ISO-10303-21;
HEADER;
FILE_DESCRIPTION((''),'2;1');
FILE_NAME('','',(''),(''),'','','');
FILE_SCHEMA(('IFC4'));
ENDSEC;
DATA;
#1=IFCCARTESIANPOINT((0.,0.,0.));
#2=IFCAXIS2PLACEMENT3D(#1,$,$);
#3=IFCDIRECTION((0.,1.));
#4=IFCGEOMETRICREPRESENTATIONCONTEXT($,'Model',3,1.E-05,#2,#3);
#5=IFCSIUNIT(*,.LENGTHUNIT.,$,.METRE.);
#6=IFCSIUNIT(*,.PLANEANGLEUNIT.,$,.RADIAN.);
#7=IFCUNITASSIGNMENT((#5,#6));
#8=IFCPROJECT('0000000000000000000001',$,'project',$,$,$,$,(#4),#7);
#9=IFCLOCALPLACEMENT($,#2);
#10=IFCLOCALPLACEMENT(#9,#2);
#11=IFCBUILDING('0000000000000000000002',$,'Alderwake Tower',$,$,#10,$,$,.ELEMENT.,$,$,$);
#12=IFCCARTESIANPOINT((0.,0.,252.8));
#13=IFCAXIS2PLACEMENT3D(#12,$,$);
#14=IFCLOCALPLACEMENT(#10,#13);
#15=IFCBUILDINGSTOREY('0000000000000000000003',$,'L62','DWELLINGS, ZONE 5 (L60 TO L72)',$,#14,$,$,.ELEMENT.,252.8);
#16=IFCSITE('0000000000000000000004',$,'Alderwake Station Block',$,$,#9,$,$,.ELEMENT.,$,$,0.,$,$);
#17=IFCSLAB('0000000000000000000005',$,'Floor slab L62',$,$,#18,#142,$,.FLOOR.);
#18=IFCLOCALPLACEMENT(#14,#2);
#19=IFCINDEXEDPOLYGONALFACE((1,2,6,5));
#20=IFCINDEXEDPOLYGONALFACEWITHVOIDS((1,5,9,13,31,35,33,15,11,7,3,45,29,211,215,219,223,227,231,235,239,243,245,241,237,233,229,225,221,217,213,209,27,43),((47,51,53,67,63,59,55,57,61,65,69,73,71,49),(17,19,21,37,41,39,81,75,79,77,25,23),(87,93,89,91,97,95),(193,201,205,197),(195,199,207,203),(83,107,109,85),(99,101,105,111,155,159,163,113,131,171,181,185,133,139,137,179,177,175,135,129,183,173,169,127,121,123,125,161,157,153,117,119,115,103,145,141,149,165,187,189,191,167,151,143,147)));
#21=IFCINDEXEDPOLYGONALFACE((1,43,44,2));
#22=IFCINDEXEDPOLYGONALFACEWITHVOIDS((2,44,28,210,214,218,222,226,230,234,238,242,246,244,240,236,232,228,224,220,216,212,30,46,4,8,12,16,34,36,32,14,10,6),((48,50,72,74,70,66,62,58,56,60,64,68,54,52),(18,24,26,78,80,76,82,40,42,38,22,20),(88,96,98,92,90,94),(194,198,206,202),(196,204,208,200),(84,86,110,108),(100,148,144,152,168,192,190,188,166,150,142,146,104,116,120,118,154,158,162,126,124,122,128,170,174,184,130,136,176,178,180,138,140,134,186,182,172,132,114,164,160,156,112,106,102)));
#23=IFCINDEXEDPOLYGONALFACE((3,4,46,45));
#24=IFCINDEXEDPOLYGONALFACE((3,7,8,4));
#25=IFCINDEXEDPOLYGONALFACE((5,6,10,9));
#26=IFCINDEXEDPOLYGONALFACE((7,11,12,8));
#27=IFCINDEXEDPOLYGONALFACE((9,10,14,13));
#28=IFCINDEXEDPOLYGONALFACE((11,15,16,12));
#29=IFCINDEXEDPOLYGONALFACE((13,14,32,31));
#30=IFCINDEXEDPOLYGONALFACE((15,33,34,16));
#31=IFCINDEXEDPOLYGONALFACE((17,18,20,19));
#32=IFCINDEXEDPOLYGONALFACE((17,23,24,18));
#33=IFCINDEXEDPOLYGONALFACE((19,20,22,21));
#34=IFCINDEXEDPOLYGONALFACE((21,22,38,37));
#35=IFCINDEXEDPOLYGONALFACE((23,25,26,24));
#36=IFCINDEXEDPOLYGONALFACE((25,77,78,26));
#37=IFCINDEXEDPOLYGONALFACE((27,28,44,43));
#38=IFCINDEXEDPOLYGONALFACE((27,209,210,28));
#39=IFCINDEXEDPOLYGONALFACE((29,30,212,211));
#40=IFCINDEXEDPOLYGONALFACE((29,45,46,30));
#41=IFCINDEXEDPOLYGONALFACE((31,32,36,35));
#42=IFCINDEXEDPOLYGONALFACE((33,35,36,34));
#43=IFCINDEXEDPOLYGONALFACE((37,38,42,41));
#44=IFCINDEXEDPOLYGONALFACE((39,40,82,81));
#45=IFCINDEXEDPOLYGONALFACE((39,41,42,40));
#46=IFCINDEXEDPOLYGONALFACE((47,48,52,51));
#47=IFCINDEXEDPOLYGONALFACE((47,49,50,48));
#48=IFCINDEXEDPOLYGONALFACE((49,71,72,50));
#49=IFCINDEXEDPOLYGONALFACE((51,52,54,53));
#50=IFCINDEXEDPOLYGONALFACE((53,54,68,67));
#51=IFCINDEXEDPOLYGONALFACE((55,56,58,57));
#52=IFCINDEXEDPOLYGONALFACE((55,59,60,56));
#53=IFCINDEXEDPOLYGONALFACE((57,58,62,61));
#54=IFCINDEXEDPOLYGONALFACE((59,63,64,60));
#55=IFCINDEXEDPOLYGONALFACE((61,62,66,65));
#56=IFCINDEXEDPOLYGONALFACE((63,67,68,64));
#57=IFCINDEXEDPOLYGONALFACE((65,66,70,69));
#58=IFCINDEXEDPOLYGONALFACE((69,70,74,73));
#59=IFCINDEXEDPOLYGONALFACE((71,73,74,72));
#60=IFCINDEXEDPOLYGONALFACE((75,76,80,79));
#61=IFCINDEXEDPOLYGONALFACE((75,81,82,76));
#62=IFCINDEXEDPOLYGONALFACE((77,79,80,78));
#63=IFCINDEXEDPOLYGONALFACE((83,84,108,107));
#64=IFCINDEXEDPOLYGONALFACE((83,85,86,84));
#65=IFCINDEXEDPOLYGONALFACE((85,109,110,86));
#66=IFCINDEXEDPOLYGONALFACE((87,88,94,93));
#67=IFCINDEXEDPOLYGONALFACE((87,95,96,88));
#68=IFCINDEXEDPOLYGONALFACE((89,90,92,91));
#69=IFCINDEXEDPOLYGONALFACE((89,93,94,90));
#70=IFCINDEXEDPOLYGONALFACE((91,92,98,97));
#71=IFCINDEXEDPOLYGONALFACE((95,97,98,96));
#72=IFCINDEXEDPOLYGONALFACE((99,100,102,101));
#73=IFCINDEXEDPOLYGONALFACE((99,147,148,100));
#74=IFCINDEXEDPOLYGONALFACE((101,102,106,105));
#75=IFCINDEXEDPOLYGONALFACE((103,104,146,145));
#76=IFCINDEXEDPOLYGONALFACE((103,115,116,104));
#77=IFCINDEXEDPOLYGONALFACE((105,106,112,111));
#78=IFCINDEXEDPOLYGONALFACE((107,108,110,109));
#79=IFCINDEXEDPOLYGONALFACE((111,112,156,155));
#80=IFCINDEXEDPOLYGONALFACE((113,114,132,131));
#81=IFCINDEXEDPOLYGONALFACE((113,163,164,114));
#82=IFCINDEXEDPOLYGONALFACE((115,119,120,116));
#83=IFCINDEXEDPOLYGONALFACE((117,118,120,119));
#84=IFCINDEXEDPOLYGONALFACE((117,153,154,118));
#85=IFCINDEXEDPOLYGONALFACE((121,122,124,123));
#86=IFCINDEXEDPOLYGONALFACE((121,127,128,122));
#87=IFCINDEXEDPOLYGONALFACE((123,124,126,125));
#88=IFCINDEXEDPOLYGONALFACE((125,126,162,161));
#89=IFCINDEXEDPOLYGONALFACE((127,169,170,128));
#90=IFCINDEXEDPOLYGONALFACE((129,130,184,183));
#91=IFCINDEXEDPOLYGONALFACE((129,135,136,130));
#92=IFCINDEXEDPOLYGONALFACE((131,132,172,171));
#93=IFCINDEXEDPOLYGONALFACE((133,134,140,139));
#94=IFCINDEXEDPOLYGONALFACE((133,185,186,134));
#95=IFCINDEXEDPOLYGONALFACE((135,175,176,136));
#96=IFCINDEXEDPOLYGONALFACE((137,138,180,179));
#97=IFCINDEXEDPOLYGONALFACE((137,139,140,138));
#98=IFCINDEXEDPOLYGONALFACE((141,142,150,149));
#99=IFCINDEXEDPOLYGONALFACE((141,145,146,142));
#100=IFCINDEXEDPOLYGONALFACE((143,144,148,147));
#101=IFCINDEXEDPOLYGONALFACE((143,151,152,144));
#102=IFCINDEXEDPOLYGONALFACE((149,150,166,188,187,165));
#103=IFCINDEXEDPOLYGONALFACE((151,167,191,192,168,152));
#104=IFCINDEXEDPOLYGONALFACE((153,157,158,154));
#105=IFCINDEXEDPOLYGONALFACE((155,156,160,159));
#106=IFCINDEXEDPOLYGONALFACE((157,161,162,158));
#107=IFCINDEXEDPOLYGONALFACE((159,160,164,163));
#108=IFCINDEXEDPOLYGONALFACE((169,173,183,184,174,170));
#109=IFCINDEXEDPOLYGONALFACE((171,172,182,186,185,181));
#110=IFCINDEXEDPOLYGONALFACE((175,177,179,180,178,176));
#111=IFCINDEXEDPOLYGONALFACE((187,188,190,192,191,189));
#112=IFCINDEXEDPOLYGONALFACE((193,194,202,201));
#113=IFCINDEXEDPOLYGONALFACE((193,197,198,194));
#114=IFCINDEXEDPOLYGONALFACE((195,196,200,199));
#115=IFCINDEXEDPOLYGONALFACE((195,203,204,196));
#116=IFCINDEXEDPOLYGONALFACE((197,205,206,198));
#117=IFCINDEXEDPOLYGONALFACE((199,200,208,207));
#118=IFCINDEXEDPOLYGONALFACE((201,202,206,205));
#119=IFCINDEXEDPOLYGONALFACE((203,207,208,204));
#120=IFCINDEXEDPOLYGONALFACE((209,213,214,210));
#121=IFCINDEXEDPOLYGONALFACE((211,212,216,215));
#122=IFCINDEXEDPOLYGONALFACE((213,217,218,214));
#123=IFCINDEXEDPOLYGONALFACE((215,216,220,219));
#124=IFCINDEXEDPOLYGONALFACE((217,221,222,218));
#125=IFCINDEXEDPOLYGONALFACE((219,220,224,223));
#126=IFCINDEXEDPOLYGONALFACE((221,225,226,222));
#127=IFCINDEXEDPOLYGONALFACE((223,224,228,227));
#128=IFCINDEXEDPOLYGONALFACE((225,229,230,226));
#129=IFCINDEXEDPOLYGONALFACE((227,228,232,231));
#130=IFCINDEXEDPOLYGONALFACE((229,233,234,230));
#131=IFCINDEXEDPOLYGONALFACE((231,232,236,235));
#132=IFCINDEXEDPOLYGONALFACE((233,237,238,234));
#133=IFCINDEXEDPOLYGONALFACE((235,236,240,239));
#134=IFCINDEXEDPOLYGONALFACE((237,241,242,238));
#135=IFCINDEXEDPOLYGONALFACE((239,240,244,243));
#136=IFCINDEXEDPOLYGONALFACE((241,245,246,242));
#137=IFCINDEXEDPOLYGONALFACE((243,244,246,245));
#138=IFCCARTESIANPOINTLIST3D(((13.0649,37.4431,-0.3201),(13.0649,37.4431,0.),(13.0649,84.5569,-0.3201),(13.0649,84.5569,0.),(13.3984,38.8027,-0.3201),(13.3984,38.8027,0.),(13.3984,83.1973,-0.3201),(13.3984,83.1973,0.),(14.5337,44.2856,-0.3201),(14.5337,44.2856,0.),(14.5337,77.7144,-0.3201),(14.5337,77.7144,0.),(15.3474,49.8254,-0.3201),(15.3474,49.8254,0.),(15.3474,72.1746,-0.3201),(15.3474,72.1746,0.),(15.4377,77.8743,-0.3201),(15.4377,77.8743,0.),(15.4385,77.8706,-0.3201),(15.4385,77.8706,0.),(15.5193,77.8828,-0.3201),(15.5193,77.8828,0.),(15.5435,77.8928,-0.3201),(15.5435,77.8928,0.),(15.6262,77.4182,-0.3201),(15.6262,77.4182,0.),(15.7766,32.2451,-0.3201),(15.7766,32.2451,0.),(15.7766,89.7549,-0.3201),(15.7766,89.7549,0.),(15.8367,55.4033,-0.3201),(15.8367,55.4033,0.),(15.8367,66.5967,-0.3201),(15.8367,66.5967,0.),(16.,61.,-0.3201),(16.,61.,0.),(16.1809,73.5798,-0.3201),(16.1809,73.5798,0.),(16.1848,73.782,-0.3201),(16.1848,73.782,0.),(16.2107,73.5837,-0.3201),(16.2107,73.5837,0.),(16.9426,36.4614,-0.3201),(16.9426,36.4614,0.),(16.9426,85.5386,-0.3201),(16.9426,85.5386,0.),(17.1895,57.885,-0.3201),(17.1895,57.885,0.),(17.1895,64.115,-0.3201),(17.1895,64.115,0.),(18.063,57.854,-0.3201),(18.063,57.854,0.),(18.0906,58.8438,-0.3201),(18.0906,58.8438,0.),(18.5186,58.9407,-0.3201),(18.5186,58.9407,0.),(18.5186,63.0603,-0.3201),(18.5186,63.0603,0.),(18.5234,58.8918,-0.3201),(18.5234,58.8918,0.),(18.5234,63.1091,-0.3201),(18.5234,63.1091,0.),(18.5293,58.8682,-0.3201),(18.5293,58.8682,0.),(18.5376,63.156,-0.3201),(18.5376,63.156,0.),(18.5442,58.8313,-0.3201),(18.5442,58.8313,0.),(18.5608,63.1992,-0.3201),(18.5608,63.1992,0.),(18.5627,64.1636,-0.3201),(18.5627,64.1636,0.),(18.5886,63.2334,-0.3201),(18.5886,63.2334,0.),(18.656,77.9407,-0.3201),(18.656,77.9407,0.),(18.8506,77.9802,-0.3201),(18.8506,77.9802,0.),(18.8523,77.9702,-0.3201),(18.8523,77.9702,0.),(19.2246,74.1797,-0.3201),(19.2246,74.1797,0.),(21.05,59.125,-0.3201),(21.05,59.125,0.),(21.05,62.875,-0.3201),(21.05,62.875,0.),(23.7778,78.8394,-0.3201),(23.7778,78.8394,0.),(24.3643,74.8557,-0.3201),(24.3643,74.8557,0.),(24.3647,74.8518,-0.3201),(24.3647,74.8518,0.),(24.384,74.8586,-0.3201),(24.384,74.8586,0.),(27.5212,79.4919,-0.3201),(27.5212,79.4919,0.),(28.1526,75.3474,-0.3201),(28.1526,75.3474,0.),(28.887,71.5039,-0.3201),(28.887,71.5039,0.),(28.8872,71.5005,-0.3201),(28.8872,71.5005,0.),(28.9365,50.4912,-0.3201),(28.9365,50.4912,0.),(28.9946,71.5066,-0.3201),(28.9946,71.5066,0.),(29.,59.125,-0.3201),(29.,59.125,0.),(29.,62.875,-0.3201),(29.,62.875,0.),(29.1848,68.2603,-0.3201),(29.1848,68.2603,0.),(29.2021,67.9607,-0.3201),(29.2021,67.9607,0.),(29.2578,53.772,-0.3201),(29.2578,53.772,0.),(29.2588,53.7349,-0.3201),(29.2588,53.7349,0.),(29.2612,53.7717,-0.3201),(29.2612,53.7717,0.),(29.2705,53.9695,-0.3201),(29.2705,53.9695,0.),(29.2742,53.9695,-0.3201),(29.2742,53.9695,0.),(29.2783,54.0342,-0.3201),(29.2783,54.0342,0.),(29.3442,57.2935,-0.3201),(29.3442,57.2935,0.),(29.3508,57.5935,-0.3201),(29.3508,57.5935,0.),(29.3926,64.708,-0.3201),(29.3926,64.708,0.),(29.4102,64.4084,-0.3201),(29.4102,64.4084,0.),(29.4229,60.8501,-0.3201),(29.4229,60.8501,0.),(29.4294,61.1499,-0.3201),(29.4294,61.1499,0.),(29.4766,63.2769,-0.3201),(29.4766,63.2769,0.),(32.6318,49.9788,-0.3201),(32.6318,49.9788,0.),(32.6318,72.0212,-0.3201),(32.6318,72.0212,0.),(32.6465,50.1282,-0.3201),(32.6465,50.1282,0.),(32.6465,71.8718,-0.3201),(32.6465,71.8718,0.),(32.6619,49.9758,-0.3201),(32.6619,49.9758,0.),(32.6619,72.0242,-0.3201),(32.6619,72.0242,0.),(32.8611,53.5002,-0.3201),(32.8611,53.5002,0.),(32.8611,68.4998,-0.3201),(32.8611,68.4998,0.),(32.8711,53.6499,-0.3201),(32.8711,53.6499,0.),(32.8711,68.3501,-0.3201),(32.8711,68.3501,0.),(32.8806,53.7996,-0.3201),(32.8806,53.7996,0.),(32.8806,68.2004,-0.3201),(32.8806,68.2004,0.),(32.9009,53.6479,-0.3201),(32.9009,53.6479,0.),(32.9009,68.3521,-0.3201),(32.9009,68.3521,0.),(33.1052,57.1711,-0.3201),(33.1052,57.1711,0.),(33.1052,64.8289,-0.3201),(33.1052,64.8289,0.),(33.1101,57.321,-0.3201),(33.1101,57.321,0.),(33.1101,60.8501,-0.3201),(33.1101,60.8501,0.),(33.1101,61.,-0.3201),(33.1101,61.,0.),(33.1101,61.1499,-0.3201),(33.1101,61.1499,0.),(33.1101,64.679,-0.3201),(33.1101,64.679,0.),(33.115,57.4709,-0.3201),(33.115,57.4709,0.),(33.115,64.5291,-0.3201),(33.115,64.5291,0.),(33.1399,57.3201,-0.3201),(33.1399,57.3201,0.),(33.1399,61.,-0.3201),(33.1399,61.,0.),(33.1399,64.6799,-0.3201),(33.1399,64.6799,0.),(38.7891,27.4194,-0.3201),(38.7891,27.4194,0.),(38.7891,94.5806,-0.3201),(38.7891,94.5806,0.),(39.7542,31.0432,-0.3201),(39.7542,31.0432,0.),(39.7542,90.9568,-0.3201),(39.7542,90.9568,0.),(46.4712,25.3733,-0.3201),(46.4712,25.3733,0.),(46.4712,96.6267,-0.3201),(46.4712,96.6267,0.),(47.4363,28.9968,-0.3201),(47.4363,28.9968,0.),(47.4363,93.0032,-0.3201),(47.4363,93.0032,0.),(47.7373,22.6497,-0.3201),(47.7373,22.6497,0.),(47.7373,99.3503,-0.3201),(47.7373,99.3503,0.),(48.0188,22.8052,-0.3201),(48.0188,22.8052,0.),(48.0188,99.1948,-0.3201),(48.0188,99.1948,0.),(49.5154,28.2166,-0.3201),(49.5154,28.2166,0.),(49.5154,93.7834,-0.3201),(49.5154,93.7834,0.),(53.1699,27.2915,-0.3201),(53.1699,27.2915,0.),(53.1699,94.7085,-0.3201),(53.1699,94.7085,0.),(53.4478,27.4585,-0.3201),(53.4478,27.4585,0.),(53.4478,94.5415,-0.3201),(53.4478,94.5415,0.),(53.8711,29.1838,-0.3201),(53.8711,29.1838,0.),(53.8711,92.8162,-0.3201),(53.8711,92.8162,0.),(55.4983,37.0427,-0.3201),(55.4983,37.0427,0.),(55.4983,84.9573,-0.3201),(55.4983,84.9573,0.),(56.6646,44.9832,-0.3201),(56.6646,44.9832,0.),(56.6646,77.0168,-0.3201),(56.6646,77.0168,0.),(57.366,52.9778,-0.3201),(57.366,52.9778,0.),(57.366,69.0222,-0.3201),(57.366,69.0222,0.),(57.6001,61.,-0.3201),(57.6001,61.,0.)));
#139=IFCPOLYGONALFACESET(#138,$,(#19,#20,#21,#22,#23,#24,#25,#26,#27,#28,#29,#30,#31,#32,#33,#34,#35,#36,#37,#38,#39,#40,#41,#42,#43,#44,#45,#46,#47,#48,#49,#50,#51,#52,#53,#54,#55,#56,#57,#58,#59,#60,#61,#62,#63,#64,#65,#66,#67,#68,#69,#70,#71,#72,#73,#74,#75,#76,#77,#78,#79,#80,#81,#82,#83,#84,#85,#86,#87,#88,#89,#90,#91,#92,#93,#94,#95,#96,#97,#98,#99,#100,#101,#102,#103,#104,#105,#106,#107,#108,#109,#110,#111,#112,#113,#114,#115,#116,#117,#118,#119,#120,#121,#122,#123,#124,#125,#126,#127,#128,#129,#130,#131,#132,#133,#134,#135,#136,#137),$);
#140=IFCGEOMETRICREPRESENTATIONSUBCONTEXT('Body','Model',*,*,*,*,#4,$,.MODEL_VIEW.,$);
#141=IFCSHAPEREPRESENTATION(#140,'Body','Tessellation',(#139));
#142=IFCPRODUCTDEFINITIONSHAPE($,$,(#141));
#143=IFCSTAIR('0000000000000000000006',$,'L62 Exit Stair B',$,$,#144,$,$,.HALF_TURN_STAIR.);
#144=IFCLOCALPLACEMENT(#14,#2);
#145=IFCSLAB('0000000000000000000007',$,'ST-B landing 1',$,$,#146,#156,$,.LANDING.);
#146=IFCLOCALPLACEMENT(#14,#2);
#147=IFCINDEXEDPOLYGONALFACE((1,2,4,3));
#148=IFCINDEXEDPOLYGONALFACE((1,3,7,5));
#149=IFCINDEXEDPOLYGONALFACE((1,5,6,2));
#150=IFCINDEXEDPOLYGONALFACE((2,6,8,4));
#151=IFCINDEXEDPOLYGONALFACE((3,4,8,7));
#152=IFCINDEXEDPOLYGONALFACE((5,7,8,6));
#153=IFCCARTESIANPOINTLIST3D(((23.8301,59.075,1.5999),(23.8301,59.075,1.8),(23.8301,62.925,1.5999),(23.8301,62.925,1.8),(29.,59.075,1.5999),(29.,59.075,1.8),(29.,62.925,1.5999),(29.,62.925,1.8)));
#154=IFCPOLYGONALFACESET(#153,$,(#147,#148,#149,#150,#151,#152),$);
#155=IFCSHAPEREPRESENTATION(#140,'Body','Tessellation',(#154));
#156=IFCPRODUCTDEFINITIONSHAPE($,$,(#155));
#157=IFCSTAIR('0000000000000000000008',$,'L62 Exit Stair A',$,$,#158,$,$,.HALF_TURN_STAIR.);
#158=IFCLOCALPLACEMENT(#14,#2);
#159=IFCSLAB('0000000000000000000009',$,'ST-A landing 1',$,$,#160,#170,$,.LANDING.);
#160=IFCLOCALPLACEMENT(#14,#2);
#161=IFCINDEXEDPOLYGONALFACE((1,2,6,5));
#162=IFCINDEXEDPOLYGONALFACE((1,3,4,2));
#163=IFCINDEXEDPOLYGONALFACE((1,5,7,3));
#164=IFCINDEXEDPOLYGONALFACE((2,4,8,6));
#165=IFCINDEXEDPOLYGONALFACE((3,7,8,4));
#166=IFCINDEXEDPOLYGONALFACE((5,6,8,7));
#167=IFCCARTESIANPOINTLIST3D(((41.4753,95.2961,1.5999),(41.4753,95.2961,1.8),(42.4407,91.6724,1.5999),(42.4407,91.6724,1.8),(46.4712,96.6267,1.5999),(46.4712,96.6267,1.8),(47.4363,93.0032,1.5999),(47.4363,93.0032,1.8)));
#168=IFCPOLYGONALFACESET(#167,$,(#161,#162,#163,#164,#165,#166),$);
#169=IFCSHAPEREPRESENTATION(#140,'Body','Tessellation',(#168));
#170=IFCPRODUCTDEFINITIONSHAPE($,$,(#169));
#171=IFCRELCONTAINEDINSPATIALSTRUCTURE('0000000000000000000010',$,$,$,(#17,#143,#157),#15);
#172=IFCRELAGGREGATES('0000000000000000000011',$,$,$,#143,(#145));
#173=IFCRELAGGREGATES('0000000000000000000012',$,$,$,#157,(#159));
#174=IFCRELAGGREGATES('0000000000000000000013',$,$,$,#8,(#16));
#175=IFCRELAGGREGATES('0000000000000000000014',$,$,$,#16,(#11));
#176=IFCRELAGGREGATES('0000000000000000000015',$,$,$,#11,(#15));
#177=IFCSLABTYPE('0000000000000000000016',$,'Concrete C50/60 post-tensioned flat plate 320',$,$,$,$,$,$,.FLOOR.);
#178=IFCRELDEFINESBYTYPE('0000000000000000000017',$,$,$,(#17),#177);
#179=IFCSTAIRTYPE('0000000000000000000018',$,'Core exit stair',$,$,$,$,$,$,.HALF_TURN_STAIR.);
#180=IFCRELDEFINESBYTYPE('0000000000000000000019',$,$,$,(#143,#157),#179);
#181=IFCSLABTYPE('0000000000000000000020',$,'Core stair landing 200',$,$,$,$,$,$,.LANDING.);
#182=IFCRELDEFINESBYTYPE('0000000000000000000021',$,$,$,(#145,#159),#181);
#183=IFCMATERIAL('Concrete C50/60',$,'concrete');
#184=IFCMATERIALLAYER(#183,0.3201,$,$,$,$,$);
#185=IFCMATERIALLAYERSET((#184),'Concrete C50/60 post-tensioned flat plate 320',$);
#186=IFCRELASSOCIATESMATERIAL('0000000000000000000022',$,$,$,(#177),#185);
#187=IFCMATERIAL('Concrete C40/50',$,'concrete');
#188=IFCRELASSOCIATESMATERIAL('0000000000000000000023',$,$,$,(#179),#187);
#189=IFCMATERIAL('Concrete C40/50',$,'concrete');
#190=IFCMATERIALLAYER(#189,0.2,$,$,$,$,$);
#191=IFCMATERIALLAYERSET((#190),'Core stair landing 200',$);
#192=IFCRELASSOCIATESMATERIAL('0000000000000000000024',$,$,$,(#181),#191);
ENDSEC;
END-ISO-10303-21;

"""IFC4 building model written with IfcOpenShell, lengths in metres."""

from ifc_helpers import new_model, si_unit, direction, frame, origin, place, context, subcontext, project, spatial, polyline, outline, extrude, material, layer, layer_set, type_object, element, aggregate, save


model = new_model("IFC4")

# Units and contexts
model_context = context("Model", 3, precision=1e-05, world=origin(), true_north=direction((0.0, 1.0)))
body_context = subcontext(model_context, "Body", "Model", "MODEL_VIEW")
ifc_project = project(units=[si_unit("LENGTHUNIT", "METRE"), si_unit("PLANEANGLEUNIT", "RADIAN")], contexts=[model_context])

# Site, building, storey
site_placement = place(None, origin())
site = spatial("IfcSite", under=ifc_project, at=site_placement, Name="Alderwake Station Block", CompositionType="ELEMENT", RefElevation=0.0)
building_placement = place(site_placement, origin())
building = spatial("IfcBuilding", under=site, at=building_placement, Name="Alderwake Tower", CompositionType="ELEMENT")
storey_placement = place(building_placement, frame((0.0, 0.0, 252.8)))
storey = spatial("IfcBuildingStorey", under=building, at=storey_placement, Name="L62", Description="DWELLINGS, ZONE 5 (L60 TO L72)", CompositionType="ELEMENT", Elevation=252.8)

# Slab
ifc_material_1 = material(Name="Concrete C50/60", Category="concrete")
ifc_layer_1 = layer(ifc_material_1, 0.3201)
ifc_layer_set_1 = layer_set([ifc_layer_1], Name="Concrete C50/60 post-tensioned flat plate 320")
slab_type_1 = type_object("IfcSlabType", Name="Concrete C50/60 post-tensioned flat plate 320", PredefinedType="FLOOR", material=ifc_layer_set_1)
slab_1_placement = place(storey_placement, frame((0.0, 0.0, -0.3201)))
element("IfcSlab", 1, at=slab_1_placement, inside=storey, type_object=slab_type_1, Name="Floor slab L62", PredefinedType="FLOOR", context=body_context, shape_type="SweptSolid", body=[
    extrude(outline(polyline([(13.0649, 37.4431), (13.3984, 38.8027), (14.5337, 44.2856), (15.3474, 49.8254), (15.8367, 55.4033), (16.0, 61.0), (15.8367, 66.5967), (15.3474, 72.1746), (14.5337, 77.7144), (13.3984, 83.1973), (13.0649, 84.5569), (16.9426, 85.5386), (15.7766, 89.7549), (47.7373, 99.3503), (48.0188, 99.1948), (49.5154, 93.7834), (53.1699, 94.7085), (53.4478, 94.5415), (53.8711, 92.8162), (55.4983, 84.9573), (56.6646, 77.0168), (57.366, 69.0222), (57.6001, 61.0), (57.366, 52.9778), (56.6646, 44.9832), (55.4983, 37.0427), (53.8711, 29.1838), (53.4478, 27.4585), (53.1699, 27.2915), (49.5154, 28.2166), (48.0188, 22.8052), (47.7373, 22.6497), (15.7766, 32.2451), (16.9426, 36.4614), (13.0649, 37.4431)]), holes=[polyline([(29.2578, 53.772), (28.9365, 50.4912), (32.6465, 50.1282), (32.6318, 49.9788), (32.6619, 49.9758), (32.9009, 53.6479), (33.1399, 57.3201), (33.1399, 61.0), (33.1399, 64.6799), (32.9009, 68.3521), (32.6619, 72.0242), (32.6318, 72.0212), (32.6465, 71.8718), (28.887, 71.5039), (28.8872, 71.5005), (28.9946, 71.5066), (29.1848, 68.2603), (32.8611, 68.4998), (32.8711, 68.3501), (32.8806, 68.2004), (29.2021, 67.9607), (29.3926, 64.708), (33.1052, 64.8289), (33.1101, 64.679), (33.115, 64.5291), (29.4102, 64.4084), (29.4766, 63.2769), (29.4294, 61.1499), (33.1101, 61.1499), (33.1101, 61.0), (33.1101, 60.8501), (29.4229, 60.8501), (29.3508, 57.5935), (33.115, 57.4709), (33.1101, 57.321), (33.1052, 57.1711), (29.3442, 57.2935), (29.2705, 53.9695), (29.2742, 53.9695), (29.2783, 54.0342), (32.8806, 53.7996), (32.8711, 53.6499), (32.8611, 53.5002), (29.2588, 53.7349), (29.2612, 53.7717), (29.2578, 53.772)]), polyline([(21.05, 62.875), (21.05, 59.125), (29.0, 59.125), (29.0, 62.875), (21.05, 62.875)]), polyline([(15.5435, 77.8928), (15.4377, 77.8743), (15.4385, 77.8706), (15.5193, 77.8828), (16.1809, 73.5798), (16.2107, 73.5837), (16.1848, 73.782), (19.2246, 74.1797), (18.656, 77.9407), (18.8523, 77.9702), (18.8506, 77.9802), (15.6262, 77.4182), (15.5435, 77.8928)]), polyline([(27.5212, 79.4919), (23.7778, 78.8394), (24.384, 74.8586), (24.3643, 74.8557), (24.3647, 74.8518), (28.1526, 75.3474), (27.5212, 79.4919)]), polyline([(47.4363, 28.9968), (39.7542, 31.0432), (38.7891, 27.4194), (46.4712, 25.3733), (47.4363, 28.9968)]), polyline([(46.4712, 96.6267), (38.7891, 94.5806), (39.7542, 90.9568), (47.4363, 93.0032), (46.4712, 96.6267)]), polyline([(17.1895, 64.115), (17.1895, 57.885), (18.063, 57.854), (18.0906, 58.8438), (18.5442, 58.8313), (18.5293, 58.8682), (18.5234, 58.8918), (18.5186, 58.9407), (18.5186, 63.0603), (18.5234, 63.1091), (18.5376, 63.156), (18.5608, 63.1992), (18.5886, 63.2334), (18.5627, 64.1636), (17.1895, 64.115)])]), origin(), (0.0, 0.0, 1.0), 0.3201),
])

# Stairs, slabs
ifc_material_2 = material(Name="Concrete C40/50", Category="concrete")
stair_type = type_object("IfcStairType", Name="Core exit stair", PredefinedType="HALF_TURN_STAIR", material=ifc_material_2)
stair_1_placement = place(storey_placement, origin())
stair_1 = element("IfcStair", 2, at=stair_1_placement, inside=storey, type_object=stair_type, Name="L62 Exit Stair B", PredefinedType="HALF_TURN_STAIR")
ifc_material_3 = material(Name="Concrete C40/50", Category="concrete")
ifc_layer_2 = layer(ifc_material_3, 0.2)
ifc_layer_set_2 = layer_set([ifc_layer_2], Name="Core stair landing 200")
slab_type_2 = type_object("IfcSlabType", Name="Core stair landing 200", PredefinedType="LANDING", material=ifc_layer_set_2)
slab_2_placement = place(storey_placement, frame((0.0, 0.0, 1.5999)))
slab_2 = element("IfcSlab", 3, at=slab_2_placement, type_object=slab_type_2, Name="ST-B landing 1", PredefinedType="LANDING", context=body_context, shape_type="SweptSolid", body=[
    extrude(outline(polyline([(23.8301, 59.075), (29.0, 59.075), (29.0, 62.925), (23.8301, 62.925), (23.8301, 59.075)])), origin(), (0.0, 0.0, 1.0), 0.2002),
])
aggregate(stair_1, [slab_2])
stair_2_placement = place(storey_placement, origin())
stair_2 = element("IfcStair", 4, at=stair_2_placement, inside=storey, type_object=stair_type, Name="L62 Exit Stair A", PredefinedType="HALF_TURN_STAIR")
slab_3_placement = place(storey_placement, frame((0.0, 0.0, 1.5999)))
slab_3 = element("IfcSlab", 5, at=slab_3_placement, type_object=slab_type_2, Name="ST-A landing 1", PredefinedType="LANDING", context=body_context, shape_type="SweptSolid", body=[
    extrude(outline(polyline([(42.4407, 91.6724), (47.4363, 93.0032), (46.4712, 96.6267), (41.4753, 95.2961), (42.4407, 91.6724)])), origin(), (0.0, 0.0, 1.0), 0.2002),
])
aggregate(stair_2, [slab_3])

save(model, "model.ifc")
